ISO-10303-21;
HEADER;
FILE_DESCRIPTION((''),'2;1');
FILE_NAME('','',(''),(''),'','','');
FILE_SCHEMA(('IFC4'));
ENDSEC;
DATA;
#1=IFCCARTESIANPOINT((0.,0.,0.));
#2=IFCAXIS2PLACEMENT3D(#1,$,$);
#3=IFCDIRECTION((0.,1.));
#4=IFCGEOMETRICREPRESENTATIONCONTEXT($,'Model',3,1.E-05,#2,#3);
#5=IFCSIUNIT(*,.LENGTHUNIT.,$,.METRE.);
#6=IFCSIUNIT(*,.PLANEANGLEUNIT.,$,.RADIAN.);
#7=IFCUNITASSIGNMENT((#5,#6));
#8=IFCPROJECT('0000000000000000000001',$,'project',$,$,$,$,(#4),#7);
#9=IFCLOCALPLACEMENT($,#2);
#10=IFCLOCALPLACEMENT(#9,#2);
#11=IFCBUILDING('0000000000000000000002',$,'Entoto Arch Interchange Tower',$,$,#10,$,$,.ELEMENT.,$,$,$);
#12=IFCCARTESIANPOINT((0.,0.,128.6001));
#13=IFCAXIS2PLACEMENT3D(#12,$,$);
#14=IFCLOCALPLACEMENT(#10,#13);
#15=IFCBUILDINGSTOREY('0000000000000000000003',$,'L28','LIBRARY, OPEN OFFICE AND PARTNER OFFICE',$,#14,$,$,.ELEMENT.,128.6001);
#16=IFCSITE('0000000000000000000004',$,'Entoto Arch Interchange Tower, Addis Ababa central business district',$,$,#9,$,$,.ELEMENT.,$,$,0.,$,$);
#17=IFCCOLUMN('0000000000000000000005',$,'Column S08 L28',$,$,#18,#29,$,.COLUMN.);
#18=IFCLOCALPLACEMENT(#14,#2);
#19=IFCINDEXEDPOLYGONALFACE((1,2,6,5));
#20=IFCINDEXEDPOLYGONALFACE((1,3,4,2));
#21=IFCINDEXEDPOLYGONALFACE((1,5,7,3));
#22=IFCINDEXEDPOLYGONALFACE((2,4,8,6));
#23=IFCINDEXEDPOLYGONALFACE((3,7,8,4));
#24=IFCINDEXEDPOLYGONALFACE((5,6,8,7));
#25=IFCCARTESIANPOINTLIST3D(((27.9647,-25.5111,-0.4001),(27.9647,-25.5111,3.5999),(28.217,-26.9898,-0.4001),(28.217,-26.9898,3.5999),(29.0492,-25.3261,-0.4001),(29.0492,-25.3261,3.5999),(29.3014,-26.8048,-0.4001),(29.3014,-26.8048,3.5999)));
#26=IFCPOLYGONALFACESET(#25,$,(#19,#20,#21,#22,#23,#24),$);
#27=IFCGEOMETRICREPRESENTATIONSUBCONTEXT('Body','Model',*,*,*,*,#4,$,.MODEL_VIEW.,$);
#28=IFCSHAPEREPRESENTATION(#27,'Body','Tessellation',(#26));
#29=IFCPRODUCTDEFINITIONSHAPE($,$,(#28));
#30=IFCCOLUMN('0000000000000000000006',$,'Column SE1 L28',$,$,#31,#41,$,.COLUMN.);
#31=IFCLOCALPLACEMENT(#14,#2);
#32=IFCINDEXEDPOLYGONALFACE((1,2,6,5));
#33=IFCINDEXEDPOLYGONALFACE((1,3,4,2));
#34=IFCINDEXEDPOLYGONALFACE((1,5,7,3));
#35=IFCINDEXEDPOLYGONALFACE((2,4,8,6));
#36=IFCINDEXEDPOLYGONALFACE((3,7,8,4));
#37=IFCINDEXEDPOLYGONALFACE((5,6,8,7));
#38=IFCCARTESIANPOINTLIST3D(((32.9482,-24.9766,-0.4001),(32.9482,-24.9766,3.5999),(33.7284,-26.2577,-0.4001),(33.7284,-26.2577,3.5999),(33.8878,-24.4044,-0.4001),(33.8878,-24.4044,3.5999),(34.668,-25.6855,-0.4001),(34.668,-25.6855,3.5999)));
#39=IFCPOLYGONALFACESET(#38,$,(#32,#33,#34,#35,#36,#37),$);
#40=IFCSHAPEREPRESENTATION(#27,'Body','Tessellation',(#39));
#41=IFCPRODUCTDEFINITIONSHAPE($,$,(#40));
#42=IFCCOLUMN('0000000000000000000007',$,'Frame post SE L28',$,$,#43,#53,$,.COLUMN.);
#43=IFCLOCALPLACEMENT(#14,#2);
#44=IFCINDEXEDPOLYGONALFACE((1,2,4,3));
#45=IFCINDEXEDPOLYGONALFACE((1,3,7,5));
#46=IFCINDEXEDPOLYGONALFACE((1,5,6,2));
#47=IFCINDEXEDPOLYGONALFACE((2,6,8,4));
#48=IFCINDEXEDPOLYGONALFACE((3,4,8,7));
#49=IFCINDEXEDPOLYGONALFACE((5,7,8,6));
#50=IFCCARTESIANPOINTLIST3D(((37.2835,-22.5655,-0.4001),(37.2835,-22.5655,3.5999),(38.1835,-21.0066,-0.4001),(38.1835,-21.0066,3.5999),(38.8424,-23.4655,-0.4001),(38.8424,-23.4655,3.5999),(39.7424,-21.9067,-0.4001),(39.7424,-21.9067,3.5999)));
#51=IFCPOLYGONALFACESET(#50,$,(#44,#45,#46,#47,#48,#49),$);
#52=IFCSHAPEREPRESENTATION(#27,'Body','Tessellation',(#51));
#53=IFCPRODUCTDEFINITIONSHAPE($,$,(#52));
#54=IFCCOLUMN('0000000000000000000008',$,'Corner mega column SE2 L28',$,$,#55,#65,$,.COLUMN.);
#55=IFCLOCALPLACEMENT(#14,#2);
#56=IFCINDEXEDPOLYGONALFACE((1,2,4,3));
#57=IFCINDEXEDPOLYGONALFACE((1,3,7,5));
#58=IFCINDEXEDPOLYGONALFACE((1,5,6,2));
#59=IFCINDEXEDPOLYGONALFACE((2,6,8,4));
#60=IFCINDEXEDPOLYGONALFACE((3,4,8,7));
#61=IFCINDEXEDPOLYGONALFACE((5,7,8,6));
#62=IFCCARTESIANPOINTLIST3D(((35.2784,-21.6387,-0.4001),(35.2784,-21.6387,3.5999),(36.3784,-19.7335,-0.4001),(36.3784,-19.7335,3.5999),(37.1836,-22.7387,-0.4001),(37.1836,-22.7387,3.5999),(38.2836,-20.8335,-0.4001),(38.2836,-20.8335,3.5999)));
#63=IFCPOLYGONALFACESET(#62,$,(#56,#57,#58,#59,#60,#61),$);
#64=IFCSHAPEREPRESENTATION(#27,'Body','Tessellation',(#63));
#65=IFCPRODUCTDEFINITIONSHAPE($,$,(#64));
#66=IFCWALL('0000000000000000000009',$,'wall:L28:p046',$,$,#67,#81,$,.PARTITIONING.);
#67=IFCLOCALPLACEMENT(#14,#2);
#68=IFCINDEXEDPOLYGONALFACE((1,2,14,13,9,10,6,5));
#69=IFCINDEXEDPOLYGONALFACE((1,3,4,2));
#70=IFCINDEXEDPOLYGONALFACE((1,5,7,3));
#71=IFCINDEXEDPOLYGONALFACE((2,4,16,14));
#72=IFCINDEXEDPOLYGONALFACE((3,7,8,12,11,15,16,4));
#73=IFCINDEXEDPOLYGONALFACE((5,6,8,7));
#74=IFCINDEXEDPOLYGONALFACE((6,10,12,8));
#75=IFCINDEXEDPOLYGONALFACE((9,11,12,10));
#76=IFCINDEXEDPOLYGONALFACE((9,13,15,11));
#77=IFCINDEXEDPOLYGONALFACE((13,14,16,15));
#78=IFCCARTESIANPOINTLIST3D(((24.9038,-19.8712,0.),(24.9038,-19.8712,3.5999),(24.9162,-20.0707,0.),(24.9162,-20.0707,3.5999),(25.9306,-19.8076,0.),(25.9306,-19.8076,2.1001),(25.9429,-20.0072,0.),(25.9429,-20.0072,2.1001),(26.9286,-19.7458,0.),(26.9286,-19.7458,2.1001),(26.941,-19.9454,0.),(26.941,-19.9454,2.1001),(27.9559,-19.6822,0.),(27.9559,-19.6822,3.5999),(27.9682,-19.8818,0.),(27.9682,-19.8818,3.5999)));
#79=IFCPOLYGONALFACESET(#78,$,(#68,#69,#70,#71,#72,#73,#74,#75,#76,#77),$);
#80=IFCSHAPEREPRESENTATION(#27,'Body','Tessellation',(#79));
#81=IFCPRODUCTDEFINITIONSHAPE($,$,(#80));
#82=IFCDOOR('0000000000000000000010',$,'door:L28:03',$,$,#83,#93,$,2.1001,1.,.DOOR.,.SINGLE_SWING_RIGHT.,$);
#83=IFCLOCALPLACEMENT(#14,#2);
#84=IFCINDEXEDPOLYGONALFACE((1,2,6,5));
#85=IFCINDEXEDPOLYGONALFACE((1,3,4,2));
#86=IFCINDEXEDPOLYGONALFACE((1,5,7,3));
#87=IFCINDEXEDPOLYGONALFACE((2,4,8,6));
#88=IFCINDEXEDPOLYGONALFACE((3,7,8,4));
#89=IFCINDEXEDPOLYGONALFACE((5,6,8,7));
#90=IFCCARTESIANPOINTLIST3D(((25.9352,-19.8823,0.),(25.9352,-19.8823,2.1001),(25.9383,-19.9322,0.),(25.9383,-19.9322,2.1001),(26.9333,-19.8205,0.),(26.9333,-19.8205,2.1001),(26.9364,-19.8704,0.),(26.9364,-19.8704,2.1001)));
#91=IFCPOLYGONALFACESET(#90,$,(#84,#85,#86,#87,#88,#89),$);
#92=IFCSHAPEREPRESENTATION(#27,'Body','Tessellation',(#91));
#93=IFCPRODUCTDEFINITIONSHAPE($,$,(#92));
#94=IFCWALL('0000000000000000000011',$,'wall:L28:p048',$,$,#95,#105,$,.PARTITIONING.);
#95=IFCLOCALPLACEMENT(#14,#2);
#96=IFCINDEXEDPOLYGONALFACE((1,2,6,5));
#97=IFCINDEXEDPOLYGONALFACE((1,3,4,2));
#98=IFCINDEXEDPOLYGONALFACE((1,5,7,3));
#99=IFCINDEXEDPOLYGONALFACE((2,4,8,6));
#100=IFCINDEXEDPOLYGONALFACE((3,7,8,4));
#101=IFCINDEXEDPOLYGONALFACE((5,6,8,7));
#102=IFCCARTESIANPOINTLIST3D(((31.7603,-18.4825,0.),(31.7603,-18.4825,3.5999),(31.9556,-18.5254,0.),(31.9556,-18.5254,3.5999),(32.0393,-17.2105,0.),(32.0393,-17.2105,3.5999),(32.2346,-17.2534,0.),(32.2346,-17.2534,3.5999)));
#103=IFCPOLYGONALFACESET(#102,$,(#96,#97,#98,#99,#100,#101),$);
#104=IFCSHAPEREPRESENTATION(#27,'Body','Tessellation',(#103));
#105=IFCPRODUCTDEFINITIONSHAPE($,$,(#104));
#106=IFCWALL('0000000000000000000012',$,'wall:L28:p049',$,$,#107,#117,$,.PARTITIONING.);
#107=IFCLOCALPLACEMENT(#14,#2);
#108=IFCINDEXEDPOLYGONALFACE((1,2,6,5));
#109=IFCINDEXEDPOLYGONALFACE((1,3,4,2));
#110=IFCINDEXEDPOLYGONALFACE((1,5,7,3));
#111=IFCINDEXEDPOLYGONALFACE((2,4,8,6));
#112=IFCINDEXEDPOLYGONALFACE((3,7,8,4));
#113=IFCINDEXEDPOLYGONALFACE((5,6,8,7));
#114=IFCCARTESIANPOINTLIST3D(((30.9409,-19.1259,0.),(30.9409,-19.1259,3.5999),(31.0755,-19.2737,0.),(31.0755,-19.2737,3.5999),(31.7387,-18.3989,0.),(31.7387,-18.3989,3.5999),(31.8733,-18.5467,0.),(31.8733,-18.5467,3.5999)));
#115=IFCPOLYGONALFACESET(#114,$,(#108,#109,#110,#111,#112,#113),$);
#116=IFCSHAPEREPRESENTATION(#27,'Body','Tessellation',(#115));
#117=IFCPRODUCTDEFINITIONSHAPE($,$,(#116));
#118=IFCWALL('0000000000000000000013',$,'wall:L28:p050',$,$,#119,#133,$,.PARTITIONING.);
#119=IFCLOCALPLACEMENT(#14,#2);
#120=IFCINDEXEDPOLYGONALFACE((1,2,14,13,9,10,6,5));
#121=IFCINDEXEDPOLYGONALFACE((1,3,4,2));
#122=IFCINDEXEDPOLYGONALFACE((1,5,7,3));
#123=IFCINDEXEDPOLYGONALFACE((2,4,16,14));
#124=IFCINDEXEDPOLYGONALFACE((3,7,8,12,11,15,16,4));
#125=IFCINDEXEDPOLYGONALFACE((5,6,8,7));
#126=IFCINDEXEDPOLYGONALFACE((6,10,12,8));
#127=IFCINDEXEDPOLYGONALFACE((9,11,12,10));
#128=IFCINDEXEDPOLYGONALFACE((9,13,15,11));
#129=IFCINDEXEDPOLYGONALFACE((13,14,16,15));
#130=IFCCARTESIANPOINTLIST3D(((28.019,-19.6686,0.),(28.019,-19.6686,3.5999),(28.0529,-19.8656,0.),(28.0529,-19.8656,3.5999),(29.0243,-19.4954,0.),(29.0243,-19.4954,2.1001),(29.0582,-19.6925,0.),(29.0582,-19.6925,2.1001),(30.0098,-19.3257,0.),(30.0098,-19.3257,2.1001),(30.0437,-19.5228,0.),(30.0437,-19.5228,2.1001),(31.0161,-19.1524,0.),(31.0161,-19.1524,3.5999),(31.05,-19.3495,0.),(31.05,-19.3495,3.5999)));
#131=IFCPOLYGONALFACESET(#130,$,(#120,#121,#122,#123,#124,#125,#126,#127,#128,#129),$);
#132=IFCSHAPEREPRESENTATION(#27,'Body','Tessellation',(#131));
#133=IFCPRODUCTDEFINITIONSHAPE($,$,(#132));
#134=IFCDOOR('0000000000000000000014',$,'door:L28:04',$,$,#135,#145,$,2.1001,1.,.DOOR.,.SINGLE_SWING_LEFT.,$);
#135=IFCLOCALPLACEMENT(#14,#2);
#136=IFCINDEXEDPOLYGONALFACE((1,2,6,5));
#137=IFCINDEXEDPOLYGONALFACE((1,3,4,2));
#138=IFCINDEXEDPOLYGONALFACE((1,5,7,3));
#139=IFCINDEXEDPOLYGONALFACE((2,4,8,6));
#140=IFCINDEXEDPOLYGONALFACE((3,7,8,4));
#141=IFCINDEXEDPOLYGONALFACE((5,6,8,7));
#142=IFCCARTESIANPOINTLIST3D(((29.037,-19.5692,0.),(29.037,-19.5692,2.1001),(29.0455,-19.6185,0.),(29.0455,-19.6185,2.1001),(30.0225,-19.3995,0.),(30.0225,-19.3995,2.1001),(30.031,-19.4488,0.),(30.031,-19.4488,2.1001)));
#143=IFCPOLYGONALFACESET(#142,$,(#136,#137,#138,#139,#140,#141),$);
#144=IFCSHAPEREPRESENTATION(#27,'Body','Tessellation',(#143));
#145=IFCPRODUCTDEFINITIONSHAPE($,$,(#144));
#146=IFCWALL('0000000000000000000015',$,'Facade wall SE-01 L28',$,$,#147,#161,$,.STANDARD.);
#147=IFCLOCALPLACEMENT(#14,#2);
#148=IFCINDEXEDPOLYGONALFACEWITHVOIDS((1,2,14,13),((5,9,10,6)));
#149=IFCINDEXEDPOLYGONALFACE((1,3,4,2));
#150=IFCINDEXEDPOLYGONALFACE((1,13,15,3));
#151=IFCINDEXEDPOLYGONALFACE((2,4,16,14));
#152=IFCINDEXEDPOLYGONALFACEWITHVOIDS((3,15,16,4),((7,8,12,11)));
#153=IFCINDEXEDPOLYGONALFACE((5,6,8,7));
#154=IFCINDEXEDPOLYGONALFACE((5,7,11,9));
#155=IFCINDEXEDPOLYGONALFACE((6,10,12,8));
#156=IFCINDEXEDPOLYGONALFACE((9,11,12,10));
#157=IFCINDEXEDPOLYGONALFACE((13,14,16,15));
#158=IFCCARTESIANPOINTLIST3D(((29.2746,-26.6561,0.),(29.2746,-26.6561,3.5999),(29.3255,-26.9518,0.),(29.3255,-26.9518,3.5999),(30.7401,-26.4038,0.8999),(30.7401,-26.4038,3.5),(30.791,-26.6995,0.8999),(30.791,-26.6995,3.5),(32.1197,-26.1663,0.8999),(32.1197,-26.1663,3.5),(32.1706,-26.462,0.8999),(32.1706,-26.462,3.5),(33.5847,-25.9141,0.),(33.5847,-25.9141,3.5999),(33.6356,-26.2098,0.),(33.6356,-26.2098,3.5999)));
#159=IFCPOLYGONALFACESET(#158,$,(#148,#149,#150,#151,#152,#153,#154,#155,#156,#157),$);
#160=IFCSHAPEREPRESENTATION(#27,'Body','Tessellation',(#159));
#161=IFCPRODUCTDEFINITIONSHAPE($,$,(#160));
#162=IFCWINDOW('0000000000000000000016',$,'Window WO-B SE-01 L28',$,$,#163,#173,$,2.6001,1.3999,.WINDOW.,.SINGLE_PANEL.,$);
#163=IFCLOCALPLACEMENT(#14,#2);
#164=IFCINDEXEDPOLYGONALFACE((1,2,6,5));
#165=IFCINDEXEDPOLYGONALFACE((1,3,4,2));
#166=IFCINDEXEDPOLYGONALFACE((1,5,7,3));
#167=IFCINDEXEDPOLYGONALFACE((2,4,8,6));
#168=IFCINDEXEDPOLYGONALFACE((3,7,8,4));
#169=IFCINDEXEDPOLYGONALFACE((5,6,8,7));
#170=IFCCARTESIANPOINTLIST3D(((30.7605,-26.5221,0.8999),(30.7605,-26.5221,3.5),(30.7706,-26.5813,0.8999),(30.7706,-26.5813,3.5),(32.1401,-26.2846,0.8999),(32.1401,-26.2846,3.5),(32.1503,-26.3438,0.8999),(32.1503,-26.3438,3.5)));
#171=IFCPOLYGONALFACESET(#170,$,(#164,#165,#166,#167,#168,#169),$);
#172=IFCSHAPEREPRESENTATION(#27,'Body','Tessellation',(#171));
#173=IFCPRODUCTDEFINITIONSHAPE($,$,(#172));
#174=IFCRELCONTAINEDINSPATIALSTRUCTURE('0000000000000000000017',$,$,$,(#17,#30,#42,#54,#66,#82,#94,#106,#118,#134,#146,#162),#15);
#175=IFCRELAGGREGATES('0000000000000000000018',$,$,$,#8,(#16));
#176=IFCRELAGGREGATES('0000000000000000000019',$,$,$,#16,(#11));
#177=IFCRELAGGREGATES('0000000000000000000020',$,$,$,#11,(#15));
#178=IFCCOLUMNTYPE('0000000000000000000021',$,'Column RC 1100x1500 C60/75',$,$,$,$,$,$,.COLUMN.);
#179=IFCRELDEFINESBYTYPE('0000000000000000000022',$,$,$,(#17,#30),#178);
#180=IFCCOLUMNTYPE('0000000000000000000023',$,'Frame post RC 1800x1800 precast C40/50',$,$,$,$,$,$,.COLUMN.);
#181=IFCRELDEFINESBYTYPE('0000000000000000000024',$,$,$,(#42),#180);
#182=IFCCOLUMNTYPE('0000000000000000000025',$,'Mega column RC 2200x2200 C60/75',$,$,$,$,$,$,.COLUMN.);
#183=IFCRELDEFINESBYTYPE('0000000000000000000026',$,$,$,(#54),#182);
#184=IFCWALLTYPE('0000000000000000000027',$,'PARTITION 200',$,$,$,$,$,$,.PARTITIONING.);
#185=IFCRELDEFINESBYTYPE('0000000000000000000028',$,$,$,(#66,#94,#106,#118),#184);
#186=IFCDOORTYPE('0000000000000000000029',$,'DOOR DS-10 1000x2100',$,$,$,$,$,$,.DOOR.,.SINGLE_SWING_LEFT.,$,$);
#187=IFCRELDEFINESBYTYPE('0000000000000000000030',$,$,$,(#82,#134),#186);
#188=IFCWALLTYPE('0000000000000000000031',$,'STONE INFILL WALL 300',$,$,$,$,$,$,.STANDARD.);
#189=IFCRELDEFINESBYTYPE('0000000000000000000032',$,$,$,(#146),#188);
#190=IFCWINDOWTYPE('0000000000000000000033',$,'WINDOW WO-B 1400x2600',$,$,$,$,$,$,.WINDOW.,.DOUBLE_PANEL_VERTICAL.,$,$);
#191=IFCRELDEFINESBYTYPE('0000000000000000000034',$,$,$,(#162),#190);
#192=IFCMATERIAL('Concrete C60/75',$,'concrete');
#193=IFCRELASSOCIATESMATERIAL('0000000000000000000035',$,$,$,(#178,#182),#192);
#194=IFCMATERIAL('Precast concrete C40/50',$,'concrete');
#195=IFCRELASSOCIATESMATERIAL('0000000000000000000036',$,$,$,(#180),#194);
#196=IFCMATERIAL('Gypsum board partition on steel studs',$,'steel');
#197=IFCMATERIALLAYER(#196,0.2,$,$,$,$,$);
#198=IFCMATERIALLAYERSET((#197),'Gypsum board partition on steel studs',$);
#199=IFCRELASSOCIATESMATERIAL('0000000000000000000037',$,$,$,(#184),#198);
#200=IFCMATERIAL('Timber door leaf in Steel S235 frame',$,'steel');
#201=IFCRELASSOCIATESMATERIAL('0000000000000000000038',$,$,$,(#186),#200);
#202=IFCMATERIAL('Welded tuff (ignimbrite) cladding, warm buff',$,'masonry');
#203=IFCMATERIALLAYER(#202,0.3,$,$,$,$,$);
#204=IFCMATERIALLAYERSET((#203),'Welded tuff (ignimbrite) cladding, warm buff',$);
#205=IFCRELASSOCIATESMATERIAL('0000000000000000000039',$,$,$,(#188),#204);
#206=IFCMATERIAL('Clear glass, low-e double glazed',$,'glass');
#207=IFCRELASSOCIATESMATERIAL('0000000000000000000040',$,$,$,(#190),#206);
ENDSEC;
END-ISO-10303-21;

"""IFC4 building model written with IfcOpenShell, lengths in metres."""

from ifc_helpers import new_model, si_unit, direction, frame, frame_2d, origin, origin_2d, place, context, subcontext, project, spatial, rectangle, extrude, material, layer, layer_set, material_profile, profile_set, type_object, element, fill, save


model = new_model("IFC4")

# Units and contexts
model_context = context("Model", 3, precision=1e-05, world=origin(), true_north=direction((0.0, 1.0)))
body_context = subcontext(model_context, "Body", "Model", "MODEL_VIEW")
ifc_project = project(units=[si_unit("LENGTHUNIT", "METRE"), si_unit("PLANEANGLEUNIT", "RADIAN")], contexts=[model_context])

# Site, building, storey
site_placement = place(None, origin())
site = spatial("IfcSite", under=ifc_project, at=site_placement, Name="Entoto Arch Interchange Tower, Addis Ababa central business district", CompositionType="ELEMENT", RefElevation=0.0)
building_placement = place(site_placement, origin())
building = spatial("IfcBuilding", under=site, at=building_placement, Name="Entoto Arch Interchange Tower", CompositionType="ELEMENT")
storey_placement = place(building_placement, frame((0.0, 0.0, 128.6001)))
storey = spatial("IfcBuildingStorey", under=building, at=storey_placement, Name="L28", Description="LIBRARY, OPEN OFFICE AND PARTNER OFFICE", CompositionType="ELEMENT", Elevation=128.6001)

# Columns
ifc_material_1 = material(Name="Concrete C60/75", Category="concrete")
ifc_material_profile_1 = material_profile(ifc_material_1, rectangle(XDim=1.1001, YDim=1.5, at=origin_2d()))
ifc_profile_set_1 = profile_set([ifc_material_profile_1], Name="Concrete C60/75")
column_type_1 = type_object("IfcColumnType", Name="Column RC 1100x1500 C60/75", PredefinedType="COLUMN", material=ifc_profile_set_1)
for number, where, z_axis, x_axis, name in (
    (1, (28.6331, -26.158, -0.4001), (0.0, 0.0, 1.0), (0.985759, 0.168162, 0.0), "Column S08 L28"),
    (2, (33.8081, -25.3311, -0.4001), (0.0, 0.0, 1.0), (0.854096, 0.520116, 0.0), "Column SE1 L28"),
):
    element("IfcColumn", number, at=place(storey_placement, frame(where, z_axis=z_axis, x_axis=x_axis)), inside=storey, type_object=column_type_1, Name=name, PredefinedType="COLUMN", context=body_context, shape_type="SweptSolid", body=[
        extrude(rectangle(XDim=1.1001, YDim=1.5, at=origin_2d()), origin(), (0.0, 0.0, 1.0), 4.0),
    ])
ifc_material_2 = material(Name="Precast concrete C40/50", Category="concrete")
ifc_material_profile_2 = material_profile(ifc_material_2, rectangle(XDim=1.8, YDim=1.8, at=origin_2d()))
ifc_profile_set_2 = profile_set([ifc_material_profile_2], Name="Precast concrete C40/50")
column_type_2 = type_object("IfcColumnType", Name="Frame post RC 1800x1800 precast C40/50", PredefinedType="COLUMN", material=ifc_profile_set_2)
column_1_placement = place(storey_placement, frame((38.5129, -22.2361, -0.4001), z_axis=(0.0, 0.0, 1.0), x_axis=(-0.866025, 0.5, 0.0)))
element("IfcColumn", 3, at=column_1_placement, inside=storey, type_object=column_type_2, Name="Frame post SE L28", PredefinedType="COLUMN", context=body_context, shape_type="SweptSolid", body=[
    extrude(rectangle(XDim=1.8, YDim=1.8, at=origin_2d()), origin(), (0.0, 0.0, 1.0), 4.0),
])
ifc_material_profile_3 = material_profile(ifc_material_1, rectangle(XDim=2.2, YDim=2.2, at=origin_2d()))
ifc_profile_set_3 = profile_set([ifc_material_profile_3], Name="Concrete C60/75")
column_type_3 = type_object("IfcColumnType", Name="Mega column RC 2200x2200 C60/75", PredefinedType="COLUMN", material=ifc_profile_set_3)
column_2_placement = place(storey_placement, frame((36.781, -21.2361, -0.4001), z_axis=(0.0, 0.0, 1.0), x_axis=(-0.866025, 0.5, 0.0)))
element("IfcColumn", 4, at=column_2_placement, inside=storey, type_object=column_type_3, Name="Corner mega column SE2 L28", PredefinedType="COLUMN", context=body_context, shape_type="SweptSolid", body=[
    extrude(rectangle(XDim=2.2, YDim=2.2, at=origin_2d()), origin(), (0.0, 0.0, 1.0), 4.0),
])

# Wall, opening, door
ifc_material_3 = material(Name="Gypsum board partition on steel studs", Category="steel")
ifc_layer_1 = layer(ifc_material_3, 0.2)
ifc_layer_set_1 = layer_set([ifc_layer_1], Name="Gypsum board partition on steel studs")
wall_type_1 = type_object("IfcWallType", Name="PARTITION 200", PredefinedType="PARTITIONING", material=ifc_layer_set_1)
wall_1_placement = place(storey_placement, frame((27.9619, -19.782, 0.0), z_axis=(0.0, 0.0, 1.0), x_axis=(-0.998089, -0.061797, 0.0)))
wall_1 = element("IfcWall", 5, at=wall_1_placement, inside=storey, type_object=wall_type_1, Name="wall:L28:p046", PredefinedType="PARTITIONING", context=body_context, shape_type="SweptSolid", body=[
    extrude(rectangle(XDim=3.0579, YDim=0.2, at=frame_2d((1.5288, 0.0))), origin(), (0.0, 0.0, 1.0), 3.5999),
])
opening_1_placement = place(wall_1_placement, frame((1.0291, 0.0, 0.0)))
opening_1 = element("IfcOpeningElement", 6, at=opening_1_placement, cuts=wall_1, PredefinedType="OPENING", context=body_context, shape_type="SweptSolid", body=[
    extrude(rectangle(XDim=1.0, YDim=2.1001, at=frame_2d((0.5, 1.05))), frame((0.0, 0.1099, 0.0), z_axis=(0.0, -1.0, 0.0), x_axis=(1.0, 0.0, 0.0)), (0.0, 0.0, 1.0), 0.22),
])
ifc_material_4 = material(Name="Timber door leaf in Steel S235 frame", Category="steel")
door_type = type_object("IfcDoorType", Name="DOOR DS-10 1000x2100", OperationType="SINGLE_SWING_LEFT", PredefinedType="DOOR", material=ifc_material_4)
door_1_placement = place(opening_1_placement, origin())
door_1 = element("IfcDoor", 7, at=door_1_placement, inside=storey, type_object=door_type, Name="door:L28:03", OperationType="SINGLE_SWING_RIGHT", OverallHeight=2.1001, OverallWidth=1.0, PredefinedType="DOOR", context=body_context, shape_type="SweptSolid", body=[
    extrude(rectangle(XDim=1.0, YDim=2.1001, at=frame_2d((0.5, 1.05))), frame((0.0, 0.0249, 0.0), z_axis=(0.0, -1.0, 0.0), x_axis=(1.0, 0.0, 0.0)), (0.0, 0.0, 1.0), 0.05),
])
fill(opening_1, door_1)

# Walls
wall_2_placement = place(storey_placement, frame((32.137, -17.2319, 0.0), z_axis=(0.0, 0.0, 1.0), x_axis=(-0.21429, -0.97677, 0.0)))
element("IfcWall", 8, at=wall_2_placement, inside=storey, type_object=wall_type_1, Name="wall:L28:p048", PredefinedType="PARTITIONING", context=body_context, shape_type="SweptSolid", body=[
    extrude(rectangle(XDim=1.3022, YDim=0.2, at=frame_2d((0.6511, 0.0))), origin(), (0.0, 0.0, 1.0), 3.5999),
])
wall_3_placement = place(storey_placement, frame((31.8059, -18.4729, 0.0), z_axis=(0.0, 0.0, 1.0), x_axis=(-0.739141, -0.67355, 0.0)))
element("IfcWall", 9, at=wall_3_placement, inside=storey, type_object=wall_type_1, Name="wall:L28:p049", PredefinedType="PARTITIONING", context=body_context, shape_type="SweptSolid", body=[
    extrude(rectangle(XDim=1.0793, YDim=0.2, at=frame_2d((0.5396, 0.0))), origin(), (0.0, 0.0, 1.0), 3.5999),
])

# Wall, opening, door
wall_4_placement = place(storey_placement, frame((31.033, -19.251, 0.0), z_axis=(0.0, 0.0, 1.0), x_axis=(-0.985494, -0.169708, 0.0)))
wall_4 = element("IfcWall", 10, at=wall_4_placement, inside=storey, type_object=wall_type_1, Name="wall:L28:p050", PredefinedType="PARTITIONING", context=body_context, shape_type="SweptSolid", body=[
    extrude(rectangle(XDim=3.0413, YDim=0.2, at=frame_2d((1.5205, 0.0))), origin(), (0.0, 0.0, 1.0), 3.5999),
])
opening_2_placement = place(wall_4_placement, frame((1.021, 0.0, 0.0)))
opening_2 = element("IfcOpeningElement", 11, at=opening_2_placement, cuts=wall_4, PredefinedType="OPENING", context=body_context, shape_type="SweptSolid", body=[
    extrude(rectangle(XDim=1.0, YDim=2.1001, at=frame_2d((0.5, 1.05))), frame((0.0, 0.1099, 0.0), z_axis=(0.0, -1.0, 0.0), x_axis=(1.0, 0.0, 0.0)), (0.0, 0.0, 1.0), 0.22),
])
door_2_placement = place(opening_2_placement, origin())
door_2 = element("IfcDoor", 12, at=door_2_placement, inside=storey, type_object=door_type, Name="door:L28:04", OperationType="SINGLE_SWING_LEFT", OverallHeight=2.1001, OverallWidth=1.0, PredefinedType="DOOR", context=body_context, shape_type="SweptSolid", body=[
    extrude(rectangle(XDim=1.0, YDim=2.1001, at=frame_2d((0.5, 1.05))), frame((0.0, 0.0249, 0.0), z_axis=(0.0, -1.0, 0.0), x_axis=(1.0, 0.0, 0.0)), (0.0, 0.0, 1.0), 0.05),
])
fill(opening_2, door_2)

# Wall, opening, window
ifc_material_5 = material(Name="Welded tuff (ignimbrite) cladding, warm buff", Category="masonry")
ifc_layer_2 = layer(ifc_material_5, 0.3)
ifc_layer_set_2 = layer_set([ifc_layer_2], Name="Welded tuff (ignimbrite) cladding, warm buff")
wall_type_2 = type_object("IfcWallType", Name="STONE INFILL WALL 300", PredefinedType="STANDARD", material=ifc_layer_set_2)
wall_5_placement = place(storey_placement, frame((29.3, -26.804, 0.0), z_axis=(0.0, 0.0, 1.0), x_axis=(0.985505, 0.169647, 0.0)))
wall_5 = element("IfcWall", 13, at=wall_5_placement, inside=storey, type_object=wall_type_2, Name="Facade wall SE-01 L28", PredefinedType="STANDARD", context=body_context, shape_type="SweptSolid", body=[
    extrude(rectangle(XDim=4.3735, YDim=0.3, at=frame_2d((2.1868, 0.0))), origin(), (0.0, 0.0, 1.0), 3.5999),
])
opening_3_placement = place(wall_5_placement, frame((1.4871, 0.0, 0.8999)))
opening_3 = element("IfcOpeningElement", 14, at=opening_3_placement, cuts=wall_5, PredefinedType="OPENING", context=body_context, shape_type="SweptSolid", body=[
    extrude(rectangle(XDim=1.3999, YDim=2.6001, at=frame_2d((0.7, 1.3))), frame((0.0, 0.1602, 0.0), z_axis=(0.0, -1.0, 0.0), x_axis=(1.0, 0.0, 0.0)), (0.0, 0.0, 1.0), 0.3201),
])
ifc_material_6 = material(Name="Clear glass, low-e double glazed", Category="glass")
window_type = type_object("IfcWindowType", Name="WINDOW WO-B 1400x2600", PartitioningType="DOUBLE_PANEL_VERTICAL", PredefinedType="WINDOW", material=ifc_material_6)
window_1_placement = place(opening_3_placement, origin())
window_1 = element("IfcWindow", 15, at=window_1_placement, inside=storey, type_object=window_type, Name="Window WO-B SE-01 L28", OverallHeight=2.6001, OverallWidth=1.3999, PartitioningType="SINGLE_PANEL", PredefinedType="WINDOW", context=body_context, shape_type="SweptSolid", body=[
    extrude(rectangle(XDim=1.3999, YDim=2.6001, at=frame_2d((0.7, 1.3))), frame((0.0, 0.03, 0.0), z_axis=(0.0, -1.0, 0.0), x_axis=(1.0, 0.0, 0.0)), (0.0, 0.0, 1.0), 0.0601),
])
fill(opening_3, window_1)

save(model, "model.ifc")
